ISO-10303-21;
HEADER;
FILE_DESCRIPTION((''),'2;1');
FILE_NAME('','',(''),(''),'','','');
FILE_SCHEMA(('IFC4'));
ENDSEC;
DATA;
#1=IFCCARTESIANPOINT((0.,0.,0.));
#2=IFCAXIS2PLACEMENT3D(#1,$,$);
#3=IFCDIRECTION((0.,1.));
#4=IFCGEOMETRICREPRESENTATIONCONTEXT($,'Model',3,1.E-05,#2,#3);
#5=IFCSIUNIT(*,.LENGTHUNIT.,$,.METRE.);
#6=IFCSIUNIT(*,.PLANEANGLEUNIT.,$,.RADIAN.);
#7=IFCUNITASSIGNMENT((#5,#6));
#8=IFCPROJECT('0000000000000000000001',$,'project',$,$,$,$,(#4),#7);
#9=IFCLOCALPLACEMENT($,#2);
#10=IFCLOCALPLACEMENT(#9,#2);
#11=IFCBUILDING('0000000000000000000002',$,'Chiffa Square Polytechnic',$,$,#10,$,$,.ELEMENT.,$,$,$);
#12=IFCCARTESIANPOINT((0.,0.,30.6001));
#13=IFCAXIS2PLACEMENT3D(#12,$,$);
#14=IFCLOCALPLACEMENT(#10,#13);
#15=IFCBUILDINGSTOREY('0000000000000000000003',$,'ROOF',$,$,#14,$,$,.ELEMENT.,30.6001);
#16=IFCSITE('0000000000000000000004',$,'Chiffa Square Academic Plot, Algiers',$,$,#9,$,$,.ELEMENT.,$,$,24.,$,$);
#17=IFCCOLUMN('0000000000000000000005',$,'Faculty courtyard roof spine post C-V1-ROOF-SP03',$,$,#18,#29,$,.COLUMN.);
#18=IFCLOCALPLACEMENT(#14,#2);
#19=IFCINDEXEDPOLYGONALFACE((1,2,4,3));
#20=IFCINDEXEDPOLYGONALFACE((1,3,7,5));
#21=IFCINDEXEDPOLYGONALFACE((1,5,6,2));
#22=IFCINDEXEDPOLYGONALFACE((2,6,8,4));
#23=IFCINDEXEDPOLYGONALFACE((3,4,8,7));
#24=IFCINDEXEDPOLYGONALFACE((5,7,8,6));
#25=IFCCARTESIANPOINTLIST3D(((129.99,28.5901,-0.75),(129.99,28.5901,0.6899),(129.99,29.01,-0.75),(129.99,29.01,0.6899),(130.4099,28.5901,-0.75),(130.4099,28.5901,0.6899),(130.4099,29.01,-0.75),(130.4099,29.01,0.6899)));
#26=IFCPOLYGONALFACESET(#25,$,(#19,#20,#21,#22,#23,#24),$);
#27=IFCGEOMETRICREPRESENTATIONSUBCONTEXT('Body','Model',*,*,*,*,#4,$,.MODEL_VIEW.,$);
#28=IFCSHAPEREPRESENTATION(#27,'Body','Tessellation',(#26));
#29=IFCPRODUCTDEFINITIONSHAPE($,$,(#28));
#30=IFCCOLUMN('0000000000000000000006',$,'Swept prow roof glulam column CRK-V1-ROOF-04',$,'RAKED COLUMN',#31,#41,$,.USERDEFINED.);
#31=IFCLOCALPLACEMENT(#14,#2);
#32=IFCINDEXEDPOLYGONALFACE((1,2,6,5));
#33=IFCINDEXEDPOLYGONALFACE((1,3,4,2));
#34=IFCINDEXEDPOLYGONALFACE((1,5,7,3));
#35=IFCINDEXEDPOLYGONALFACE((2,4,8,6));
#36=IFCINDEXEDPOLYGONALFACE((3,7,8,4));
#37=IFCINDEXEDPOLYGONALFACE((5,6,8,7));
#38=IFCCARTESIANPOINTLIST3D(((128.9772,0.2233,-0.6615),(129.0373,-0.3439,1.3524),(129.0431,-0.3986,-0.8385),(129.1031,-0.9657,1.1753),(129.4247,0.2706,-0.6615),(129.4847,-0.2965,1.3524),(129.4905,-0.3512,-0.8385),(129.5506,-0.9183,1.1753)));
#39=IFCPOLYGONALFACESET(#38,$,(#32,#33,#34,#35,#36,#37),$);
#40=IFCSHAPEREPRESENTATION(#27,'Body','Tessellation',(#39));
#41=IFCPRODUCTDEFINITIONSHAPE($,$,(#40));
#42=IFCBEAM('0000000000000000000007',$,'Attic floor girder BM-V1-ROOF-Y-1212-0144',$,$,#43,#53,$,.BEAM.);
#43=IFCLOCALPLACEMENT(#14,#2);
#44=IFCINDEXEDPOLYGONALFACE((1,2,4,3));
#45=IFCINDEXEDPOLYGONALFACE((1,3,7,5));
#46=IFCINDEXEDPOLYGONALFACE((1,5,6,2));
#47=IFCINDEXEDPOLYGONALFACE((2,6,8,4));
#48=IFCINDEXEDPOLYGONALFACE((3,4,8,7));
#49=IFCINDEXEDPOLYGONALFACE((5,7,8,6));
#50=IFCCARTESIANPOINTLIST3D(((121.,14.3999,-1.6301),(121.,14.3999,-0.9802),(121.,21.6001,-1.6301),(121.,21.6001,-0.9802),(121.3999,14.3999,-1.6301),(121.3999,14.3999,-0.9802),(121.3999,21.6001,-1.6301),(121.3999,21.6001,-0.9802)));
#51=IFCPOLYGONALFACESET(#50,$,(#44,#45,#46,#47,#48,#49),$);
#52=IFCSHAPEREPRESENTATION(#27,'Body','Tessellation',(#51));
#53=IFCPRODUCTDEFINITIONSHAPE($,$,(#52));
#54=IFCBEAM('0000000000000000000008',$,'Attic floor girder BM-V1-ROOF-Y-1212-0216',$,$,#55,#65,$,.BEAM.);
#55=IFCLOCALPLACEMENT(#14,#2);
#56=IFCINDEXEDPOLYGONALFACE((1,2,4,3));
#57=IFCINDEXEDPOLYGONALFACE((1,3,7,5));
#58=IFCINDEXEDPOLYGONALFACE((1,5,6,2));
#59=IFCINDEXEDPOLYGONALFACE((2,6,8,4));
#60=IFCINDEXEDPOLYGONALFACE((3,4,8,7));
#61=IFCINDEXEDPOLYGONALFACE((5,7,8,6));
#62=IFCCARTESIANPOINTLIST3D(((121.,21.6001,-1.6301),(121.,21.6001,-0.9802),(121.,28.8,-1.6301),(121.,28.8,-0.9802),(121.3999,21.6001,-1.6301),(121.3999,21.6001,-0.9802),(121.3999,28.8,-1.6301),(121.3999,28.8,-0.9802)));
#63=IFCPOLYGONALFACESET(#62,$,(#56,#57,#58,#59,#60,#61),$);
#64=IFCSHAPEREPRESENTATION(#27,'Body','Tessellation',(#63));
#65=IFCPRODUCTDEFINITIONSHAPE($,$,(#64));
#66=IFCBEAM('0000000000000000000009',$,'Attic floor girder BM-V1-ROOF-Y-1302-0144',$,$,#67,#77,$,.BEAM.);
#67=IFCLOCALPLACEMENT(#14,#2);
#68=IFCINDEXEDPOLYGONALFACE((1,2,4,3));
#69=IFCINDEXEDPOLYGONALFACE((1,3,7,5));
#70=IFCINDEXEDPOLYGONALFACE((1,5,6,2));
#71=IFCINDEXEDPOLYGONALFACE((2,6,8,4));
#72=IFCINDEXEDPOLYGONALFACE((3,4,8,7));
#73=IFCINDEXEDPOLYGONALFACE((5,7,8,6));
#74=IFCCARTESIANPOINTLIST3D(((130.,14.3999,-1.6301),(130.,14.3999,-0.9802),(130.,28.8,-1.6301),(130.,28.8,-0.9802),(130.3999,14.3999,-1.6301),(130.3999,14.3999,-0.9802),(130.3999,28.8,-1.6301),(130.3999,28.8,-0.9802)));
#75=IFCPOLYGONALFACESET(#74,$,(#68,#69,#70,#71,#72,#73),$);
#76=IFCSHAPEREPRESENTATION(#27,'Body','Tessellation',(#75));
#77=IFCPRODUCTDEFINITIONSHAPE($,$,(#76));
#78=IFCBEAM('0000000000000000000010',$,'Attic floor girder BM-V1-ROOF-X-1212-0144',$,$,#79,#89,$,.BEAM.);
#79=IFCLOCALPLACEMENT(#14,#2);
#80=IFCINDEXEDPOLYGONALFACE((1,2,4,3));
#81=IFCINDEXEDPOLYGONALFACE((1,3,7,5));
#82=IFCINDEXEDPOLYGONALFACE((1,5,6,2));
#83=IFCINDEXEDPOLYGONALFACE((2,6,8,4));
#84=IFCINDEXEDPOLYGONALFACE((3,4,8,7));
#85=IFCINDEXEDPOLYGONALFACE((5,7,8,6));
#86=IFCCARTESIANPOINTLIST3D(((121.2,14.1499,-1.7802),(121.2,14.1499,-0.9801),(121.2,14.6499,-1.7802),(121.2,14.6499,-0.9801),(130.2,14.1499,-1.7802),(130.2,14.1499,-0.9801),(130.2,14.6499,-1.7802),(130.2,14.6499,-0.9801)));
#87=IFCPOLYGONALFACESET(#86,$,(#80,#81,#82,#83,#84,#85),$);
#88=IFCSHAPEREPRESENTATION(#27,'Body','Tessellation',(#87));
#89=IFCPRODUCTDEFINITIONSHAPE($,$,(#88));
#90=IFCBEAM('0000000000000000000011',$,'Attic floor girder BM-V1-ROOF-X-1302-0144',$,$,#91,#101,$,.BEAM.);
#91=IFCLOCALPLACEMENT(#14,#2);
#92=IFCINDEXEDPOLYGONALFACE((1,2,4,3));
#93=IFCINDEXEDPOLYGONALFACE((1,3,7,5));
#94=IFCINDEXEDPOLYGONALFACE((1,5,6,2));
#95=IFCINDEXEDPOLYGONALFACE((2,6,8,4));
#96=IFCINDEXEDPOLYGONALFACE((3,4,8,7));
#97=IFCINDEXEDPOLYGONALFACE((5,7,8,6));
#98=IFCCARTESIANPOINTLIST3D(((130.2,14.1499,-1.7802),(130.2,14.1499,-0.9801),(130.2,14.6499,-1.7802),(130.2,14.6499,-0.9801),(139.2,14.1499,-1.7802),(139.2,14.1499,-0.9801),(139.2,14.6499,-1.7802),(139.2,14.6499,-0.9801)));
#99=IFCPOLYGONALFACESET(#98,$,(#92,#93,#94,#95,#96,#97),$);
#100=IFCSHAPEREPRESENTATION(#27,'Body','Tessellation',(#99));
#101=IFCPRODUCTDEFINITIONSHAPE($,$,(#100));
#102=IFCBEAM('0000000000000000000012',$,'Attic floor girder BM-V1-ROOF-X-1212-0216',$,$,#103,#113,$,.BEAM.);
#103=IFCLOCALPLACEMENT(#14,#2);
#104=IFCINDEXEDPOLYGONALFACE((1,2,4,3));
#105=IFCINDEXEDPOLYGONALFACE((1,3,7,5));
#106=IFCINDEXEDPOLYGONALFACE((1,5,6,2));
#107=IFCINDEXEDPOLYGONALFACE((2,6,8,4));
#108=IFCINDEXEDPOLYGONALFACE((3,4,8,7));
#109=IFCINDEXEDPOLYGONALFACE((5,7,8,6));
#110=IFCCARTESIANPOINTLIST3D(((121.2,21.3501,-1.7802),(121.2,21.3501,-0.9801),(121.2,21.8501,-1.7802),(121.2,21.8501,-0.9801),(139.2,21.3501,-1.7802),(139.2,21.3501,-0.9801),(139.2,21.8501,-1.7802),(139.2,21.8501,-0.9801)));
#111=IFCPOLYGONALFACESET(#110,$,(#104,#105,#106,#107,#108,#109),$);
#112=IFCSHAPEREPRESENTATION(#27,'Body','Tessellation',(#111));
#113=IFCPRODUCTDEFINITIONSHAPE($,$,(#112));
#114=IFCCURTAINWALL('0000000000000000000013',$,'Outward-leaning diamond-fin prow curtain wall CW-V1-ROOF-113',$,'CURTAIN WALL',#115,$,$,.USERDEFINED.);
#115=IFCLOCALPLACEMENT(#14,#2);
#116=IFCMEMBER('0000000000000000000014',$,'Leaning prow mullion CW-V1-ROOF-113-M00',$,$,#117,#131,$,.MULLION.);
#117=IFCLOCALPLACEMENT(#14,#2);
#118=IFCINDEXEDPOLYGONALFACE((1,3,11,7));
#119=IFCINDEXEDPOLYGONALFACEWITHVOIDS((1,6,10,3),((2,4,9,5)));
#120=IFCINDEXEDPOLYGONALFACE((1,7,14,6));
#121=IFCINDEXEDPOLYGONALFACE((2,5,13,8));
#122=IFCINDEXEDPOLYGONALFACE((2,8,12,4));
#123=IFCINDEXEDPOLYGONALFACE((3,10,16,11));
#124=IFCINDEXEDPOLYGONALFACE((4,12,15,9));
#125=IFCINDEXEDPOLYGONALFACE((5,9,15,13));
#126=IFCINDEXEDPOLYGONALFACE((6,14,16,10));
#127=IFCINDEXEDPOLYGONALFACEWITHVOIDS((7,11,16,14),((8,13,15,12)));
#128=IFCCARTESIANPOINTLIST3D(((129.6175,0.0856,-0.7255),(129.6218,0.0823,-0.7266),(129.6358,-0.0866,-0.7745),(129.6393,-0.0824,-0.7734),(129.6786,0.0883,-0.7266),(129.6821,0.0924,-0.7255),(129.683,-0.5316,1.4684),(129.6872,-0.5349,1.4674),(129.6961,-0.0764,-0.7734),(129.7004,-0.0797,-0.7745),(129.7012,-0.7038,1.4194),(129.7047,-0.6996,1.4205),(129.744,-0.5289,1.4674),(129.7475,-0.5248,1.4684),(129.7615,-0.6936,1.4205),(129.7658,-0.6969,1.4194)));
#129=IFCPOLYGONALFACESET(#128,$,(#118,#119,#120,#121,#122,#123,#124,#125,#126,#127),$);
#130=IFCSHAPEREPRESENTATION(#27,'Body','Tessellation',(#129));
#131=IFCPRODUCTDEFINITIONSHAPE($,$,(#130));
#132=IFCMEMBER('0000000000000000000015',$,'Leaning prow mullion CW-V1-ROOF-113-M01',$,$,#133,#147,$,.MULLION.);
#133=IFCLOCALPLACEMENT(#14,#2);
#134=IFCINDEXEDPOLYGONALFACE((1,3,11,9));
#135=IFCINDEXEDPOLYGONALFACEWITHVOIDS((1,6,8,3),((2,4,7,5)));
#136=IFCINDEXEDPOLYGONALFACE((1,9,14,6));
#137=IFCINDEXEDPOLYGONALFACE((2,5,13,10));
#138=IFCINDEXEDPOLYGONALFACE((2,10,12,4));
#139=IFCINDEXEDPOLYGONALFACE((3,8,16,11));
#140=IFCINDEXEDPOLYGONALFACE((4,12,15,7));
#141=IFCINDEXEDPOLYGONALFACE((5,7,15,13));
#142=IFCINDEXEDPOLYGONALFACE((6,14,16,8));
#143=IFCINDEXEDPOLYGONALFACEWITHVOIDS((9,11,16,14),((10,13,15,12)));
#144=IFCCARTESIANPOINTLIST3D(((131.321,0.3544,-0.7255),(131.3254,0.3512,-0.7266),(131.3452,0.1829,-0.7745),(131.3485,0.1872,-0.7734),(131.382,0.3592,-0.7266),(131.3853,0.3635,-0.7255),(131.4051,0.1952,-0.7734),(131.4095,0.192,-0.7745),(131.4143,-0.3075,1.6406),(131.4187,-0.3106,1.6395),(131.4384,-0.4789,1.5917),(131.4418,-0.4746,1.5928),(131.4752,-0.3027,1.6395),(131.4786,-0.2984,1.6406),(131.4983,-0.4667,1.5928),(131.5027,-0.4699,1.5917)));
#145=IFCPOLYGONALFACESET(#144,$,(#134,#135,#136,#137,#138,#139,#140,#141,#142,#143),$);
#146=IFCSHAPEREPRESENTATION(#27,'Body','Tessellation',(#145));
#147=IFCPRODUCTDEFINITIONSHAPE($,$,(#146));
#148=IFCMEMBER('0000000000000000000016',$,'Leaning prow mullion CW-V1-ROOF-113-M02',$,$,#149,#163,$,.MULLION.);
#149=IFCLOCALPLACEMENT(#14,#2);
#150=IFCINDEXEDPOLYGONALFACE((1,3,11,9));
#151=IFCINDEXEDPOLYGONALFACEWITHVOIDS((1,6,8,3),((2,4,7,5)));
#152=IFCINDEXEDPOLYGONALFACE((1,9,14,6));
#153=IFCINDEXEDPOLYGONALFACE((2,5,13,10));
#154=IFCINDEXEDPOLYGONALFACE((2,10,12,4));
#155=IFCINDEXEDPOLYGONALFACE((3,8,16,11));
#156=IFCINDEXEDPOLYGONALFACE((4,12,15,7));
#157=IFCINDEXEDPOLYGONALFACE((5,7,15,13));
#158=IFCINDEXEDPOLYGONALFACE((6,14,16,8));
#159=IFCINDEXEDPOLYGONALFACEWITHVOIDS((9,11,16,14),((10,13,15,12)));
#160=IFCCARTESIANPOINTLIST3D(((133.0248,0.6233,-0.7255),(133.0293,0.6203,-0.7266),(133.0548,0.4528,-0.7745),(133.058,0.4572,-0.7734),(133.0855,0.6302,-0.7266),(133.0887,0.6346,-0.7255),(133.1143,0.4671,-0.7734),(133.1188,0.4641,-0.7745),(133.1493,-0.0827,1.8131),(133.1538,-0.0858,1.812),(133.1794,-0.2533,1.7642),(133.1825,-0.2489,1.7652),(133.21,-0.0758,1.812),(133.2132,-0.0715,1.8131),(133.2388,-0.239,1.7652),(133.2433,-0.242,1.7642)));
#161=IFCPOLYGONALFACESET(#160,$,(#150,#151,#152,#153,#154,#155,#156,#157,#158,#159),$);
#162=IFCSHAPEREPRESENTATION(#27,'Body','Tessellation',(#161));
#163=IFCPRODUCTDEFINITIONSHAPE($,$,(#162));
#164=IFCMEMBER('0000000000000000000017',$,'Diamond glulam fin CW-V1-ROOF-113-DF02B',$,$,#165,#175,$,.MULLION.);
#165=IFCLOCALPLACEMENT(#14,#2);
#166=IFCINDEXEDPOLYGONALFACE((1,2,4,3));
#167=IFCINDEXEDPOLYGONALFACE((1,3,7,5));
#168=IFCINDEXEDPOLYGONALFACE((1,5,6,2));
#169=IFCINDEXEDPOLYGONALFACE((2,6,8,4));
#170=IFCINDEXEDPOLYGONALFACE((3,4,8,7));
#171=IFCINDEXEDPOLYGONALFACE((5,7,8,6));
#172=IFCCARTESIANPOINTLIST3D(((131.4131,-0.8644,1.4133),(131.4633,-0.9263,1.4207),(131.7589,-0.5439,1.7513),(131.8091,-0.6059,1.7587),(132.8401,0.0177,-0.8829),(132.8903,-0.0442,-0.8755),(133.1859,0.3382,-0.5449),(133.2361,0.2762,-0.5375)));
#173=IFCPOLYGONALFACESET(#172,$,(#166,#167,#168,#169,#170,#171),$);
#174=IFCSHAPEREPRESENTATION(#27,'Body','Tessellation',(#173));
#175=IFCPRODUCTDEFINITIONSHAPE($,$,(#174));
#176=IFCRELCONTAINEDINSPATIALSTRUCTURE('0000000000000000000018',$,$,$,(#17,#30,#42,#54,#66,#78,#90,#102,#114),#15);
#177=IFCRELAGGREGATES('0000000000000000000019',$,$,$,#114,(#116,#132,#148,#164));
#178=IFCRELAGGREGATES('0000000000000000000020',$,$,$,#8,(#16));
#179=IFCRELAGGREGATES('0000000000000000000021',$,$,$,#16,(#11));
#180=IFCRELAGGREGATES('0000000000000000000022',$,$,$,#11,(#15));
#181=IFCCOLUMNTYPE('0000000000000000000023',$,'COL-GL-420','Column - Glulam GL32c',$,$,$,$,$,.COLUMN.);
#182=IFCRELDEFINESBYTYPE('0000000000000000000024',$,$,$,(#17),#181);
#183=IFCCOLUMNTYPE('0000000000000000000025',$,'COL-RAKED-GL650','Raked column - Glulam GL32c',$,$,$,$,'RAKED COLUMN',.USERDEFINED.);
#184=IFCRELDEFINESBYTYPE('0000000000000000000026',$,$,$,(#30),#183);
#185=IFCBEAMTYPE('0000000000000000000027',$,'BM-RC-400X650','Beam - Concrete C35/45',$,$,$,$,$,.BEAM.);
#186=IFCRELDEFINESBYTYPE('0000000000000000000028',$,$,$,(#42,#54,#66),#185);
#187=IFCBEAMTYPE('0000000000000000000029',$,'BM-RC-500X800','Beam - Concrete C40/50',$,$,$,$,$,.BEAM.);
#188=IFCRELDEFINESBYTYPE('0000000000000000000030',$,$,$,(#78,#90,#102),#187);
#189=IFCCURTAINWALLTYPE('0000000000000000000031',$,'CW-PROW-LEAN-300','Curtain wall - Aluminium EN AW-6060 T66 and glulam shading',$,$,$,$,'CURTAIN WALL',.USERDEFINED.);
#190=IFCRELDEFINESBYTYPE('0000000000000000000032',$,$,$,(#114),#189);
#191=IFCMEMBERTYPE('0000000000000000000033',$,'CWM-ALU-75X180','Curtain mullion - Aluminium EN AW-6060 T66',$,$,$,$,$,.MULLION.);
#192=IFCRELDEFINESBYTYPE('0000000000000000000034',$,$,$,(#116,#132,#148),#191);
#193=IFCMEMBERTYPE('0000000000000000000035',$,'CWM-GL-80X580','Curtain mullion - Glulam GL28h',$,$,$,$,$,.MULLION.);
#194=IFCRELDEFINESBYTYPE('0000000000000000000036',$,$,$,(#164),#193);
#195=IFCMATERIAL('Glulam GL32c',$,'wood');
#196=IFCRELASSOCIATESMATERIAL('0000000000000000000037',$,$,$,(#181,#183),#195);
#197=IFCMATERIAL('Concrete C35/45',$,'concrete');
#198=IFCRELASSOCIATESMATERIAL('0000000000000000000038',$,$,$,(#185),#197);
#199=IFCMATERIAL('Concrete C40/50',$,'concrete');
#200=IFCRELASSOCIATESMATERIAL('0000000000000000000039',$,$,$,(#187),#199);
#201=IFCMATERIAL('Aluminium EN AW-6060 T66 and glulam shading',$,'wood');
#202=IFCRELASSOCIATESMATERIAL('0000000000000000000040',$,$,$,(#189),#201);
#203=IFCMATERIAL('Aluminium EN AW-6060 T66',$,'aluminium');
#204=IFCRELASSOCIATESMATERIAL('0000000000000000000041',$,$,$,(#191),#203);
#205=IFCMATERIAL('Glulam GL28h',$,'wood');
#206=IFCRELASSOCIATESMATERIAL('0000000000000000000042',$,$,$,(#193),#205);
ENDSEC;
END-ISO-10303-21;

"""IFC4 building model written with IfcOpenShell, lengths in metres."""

from ifc_helpers import new_model, si_unit, direction, frame, origin, origin_2d, place, context, subcontext, project, spatial, rectangle, hollow_rectangle, extrude, material, material_profile, profile_set, type_object, element, aggregate, save


model = new_model("IFC4")

# Units and contexts
model_context = context("Model", 3, precision=1e-05, world=origin(), true_north=direction((0.0, 1.0)))
body_context = subcontext(model_context, "Body", "Model", "MODEL_VIEW")
ifc_project = project(units=[si_unit("LENGTHUNIT", "METRE"), si_unit("PLANEANGLEUNIT", "RADIAN")], contexts=[model_context])

# Site, building, storey
site_placement = place(None, origin())
site = spatial("IfcSite", under=ifc_project, at=site_placement, Name="Chiffa Square Academic Plot, Algiers", CompositionType="ELEMENT", RefElevation=24.0)
building_placement = place(site_placement, origin())
building = spatial("IfcBuilding", under=site, at=building_placement, Name="Chiffa Square Polytechnic", CompositionType="ELEMENT")
storey_placement = place(building_placement, frame((0.0, 0.0, 30.6001)))
storey = spatial("IfcBuildingStorey", under=building, at=storey_placement, Name="ROOF", CompositionType="ELEMENT", Elevation=30.6001)

# Columns
ifc_material_1 = material(Name="Glulam GL32c", Category="wood")
ifc_material_profile_1 = material_profile(ifc_material_1, rectangle(XDim=0.4199, YDim=0.4199, at=origin_2d()), Name="GL32c 420x420")
ifc_profile_set_1 = profile_set([ifc_material_profile_1], Name="Glulam GL32c")
column_type_1 = type_object("IfcColumnType", Name="COL-GL-420", Description="Column - Glulam GL32c", PredefinedType="COLUMN", material=ifc_profile_set_1)
column_1_placement = place(storey_placement, frame((130.2, 28.8, -0.75), z_axis=(0.0, 0.0, 1.0), x_axis=(1.0, 0.0, 0.0)))
element("IfcColumn", 1, at=column_1_placement, inside=storey, type_object=column_type_1, Name="Faculty courtyard roof spine post C-V1-ROOF-SP03", PredefinedType="COLUMN", context=body_context, shape_type="SweptSolid", body=[
    extrude(rectangle(XDim=0.4199, YDim=0.4199, at=origin_2d()), origin(), (0.0, 0.0, 1.0), 1.4399),
])
ifc_material_profile_2 = material_profile(ifc_material_1, rectangle(XDim=0.45, YDim=0.6499, at=origin_2d()), Name="GL32c 450x650")
ifc_profile_set_2 = profile_set([ifc_material_profile_2], Name="Glulam GL32c")
column_type_2 = type_object("IfcColumnType", Name="COL-RAKED-GL650", Description="Raked column - Glulam GL32c", ElementType="RAKED COLUMN", PredefinedType="USERDEFINED", material=ifc_profile_set_2)
column_2_placement = place(storey_placement, frame((129.2339, -0.064, -0.75), z_axis=(0.028693, -0.270955, 0.962164), x_axis=(0.99444, 0.105309, 0.0)))
element("IfcColumn", 2, at=column_2_placement, inside=storey, type_object=column_type_2, Name="Swept prow roof glulam column CRK-V1-ROOF-04", ObjectType="RAKED COLUMN", PredefinedType="USERDEFINED", context=body_context, shape_type="SweptSolid", body=[
    extrude(rectangle(XDim=0.45, YDim=0.6499, at=origin_2d()), origin(), (0.0, 0.0, 1.0), 2.093),
])

# Beams
ifc_material_2 = material(Name="Concrete C35/45", Category="concrete")
ifc_material_profile_3 = material_profile(ifc_material_2, rectangle(XDim=0.3999, YDim=0.6499, at=origin_2d()), Name="RC 400x650")
ifc_profile_set_3 = profile_set([ifc_material_profile_3], Name="Concrete C35/45")
beam_type_1 = type_object("IfcBeamType", Name="BM-RC-400X650", Description="Beam - Concrete C35/45", PredefinedType="BEAM", material=ifc_profile_set_3)
beam_1_placement = place(storey_placement, frame((121.2, 14.3999, -1.3052), z_axis=(0.0, 1.0, 0.0), x_axis=(-1.0, 0.0, 0.0)))
element("IfcBeam", 3, at=beam_1_placement, inside=storey, type_object=beam_type_1, Name="Attic floor girder BM-V1-ROOF-Y-1212-0144", PredefinedType="BEAM", context=body_context, shape_type="SweptSolid", body=[
    extrude(rectangle(XDim=0.3999, YDim=0.6499, at=origin_2d()), origin(), (0.0, 0.0, 1.0), 7.2002),
])
beam_2_placement = place(storey_placement, frame((121.2, 21.6001, -1.3052), z_axis=(0.0, 1.0, 0.0), x_axis=(-1.0, 0.0, 0.0)))
element("IfcBeam", 4, at=beam_2_placement, inside=storey, type_object=beam_type_1, Name="Attic floor girder BM-V1-ROOF-Y-1212-0216", PredefinedType="BEAM", context=body_context, shape_type="SweptSolid", body=[
    extrude(rectangle(XDim=0.3999, YDim=0.6499, at=origin_2d()), origin(), (0.0, 0.0, 1.0), 7.2),
])
beam_3_placement = place(storey_placement, frame((130.2, 14.3999, -1.3052), z_axis=(0.0, 1.0, 0.0), x_axis=(-1.0, 0.0, 0.0)))
element("IfcBeam", 5, at=beam_3_placement, inside=storey, type_object=beam_type_1, Name="Attic floor girder BM-V1-ROOF-Y-1302-0144", PredefinedType="BEAM", context=body_context, shape_type="SweptSolid", body=[
    extrude(rectangle(XDim=0.3999, YDim=0.6499, at=origin_2d()), origin(), (0.0, 0.0, 1.0), 14.4001),
])
ifc_material_3 = material(Name="Concrete C40/50", Category="concrete")
ifc_material_profile_4 = material_profile(ifc_material_3, rectangle(XDim=0.5, YDim=0.8, at=origin_2d()), Name="RC 500x800")
ifc_profile_set_4 = profile_set([ifc_material_profile_4], Name="Concrete C40/50")
beam_type_2 = type_object("IfcBeamType", Name="BM-RC-500X800", Description="Beam - Concrete C40/50", PredefinedType="BEAM", material=ifc_profile_set_4)
for number, where, z_axis, x_axis, name in (
    (6, (121.2, 14.3999, -1.3801), (1.0, 0.0, 0.0), (0.0, 1.0, 0.0), "Attic floor girder BM-V1-ROOF-X-1212-0144"),
    (7, (130.2, 14.3999, -1.3801), (1.0, 0.0, 0.0), (0.0, 1.0, 0.0), "Attic floor girder BM-V1-ROOF-X-1302-0144"),
):
    element("IfcBeam", number, at=place(storey_placement, frame(where, z_axis=z_axis, x_axis=x_axis)), inside=storey, type_object=beam_type_2, Name=name, PredefinedType="BEAM", context=body_context, shape_type="SweptSolid", body=[
        extrude(rectangle(XDim=0.5, YDim=0.8, at=origin_2d()), origin(), (0.0, 0.0, 1.0), 9.0),
    ])
beam_4_placement = place(storey_placement, frame((121.2, 21.6001, -1.3801), z_axis=(1.0, 0.0, 0.0), x_axis=(0.0, 1.0, 0.0)))
element("IfcBeam", 8, at=beam_4_placement, inside=storey, type_object=beam_type_2, Name="Attic floor girder BM-V1-ROOF-X-1212-0216", PredefinedType="BEAM", context=body_context, shape_type="SweptSolid", body=[
    extrude(rectangle(XDim=0.5, YDim=0.8, at=origin_2d()), origin(), (0.0, 0.0, 1.0), 18.0),
])

# Curtain wall, members
ifc_material_4 = material(Name="Aluminium EN AW-6060 T66 and glulam shading", Category="wood")
curtain_wall_type = type_object("IfcCurtainWallType", Name="CW-PROW-LEAN-300", Description="Curtain wall - Aluminium EN AW-6060 T66 and glulam shading", ElementType="CURTAIN WALL", PredefinedType="USERDEFINED", material=ifc_material_4)
curtain_wall_placement = place(storey_placement, origin())
curtain_wall = element("IfcCurtainWall", 9, at=curtain_wall_placement, inside=storey, type_object=curtain_wall_type, Name="Outward-leaning diamond-fin prow curtain wall CW-V1-ROOF-113", ObjectType="CURTAIN WALL", PredefinedType="USERDEFINED")
ifc_material_5 = material(Name="Aluminium EN AW-6060 T66", Category="aluminium")
ifc_material_profile_5 = material_profile(ifc_material_5, hollow_rectangle(XDim=0.0649, YDim=0.1799, WallThickness=0.0039, at=origin_2d()), Name="ALU 65x180x4")
ifc_profile_set_5 = profile_set([ifc_material_profile_5], Name="Aluminium EN AW-6060 T66")
member_type_1 = type_object("IfcMemberType", Name="CWM-ALU-75X180", Description="Curtain mullion - Aluminium EN AW-6060 T66", PredefinedType="MULLION", material=ifc_profile_set_5)
member_1_placement = place(storey_placement, frame((129.6589, 0.0029, -0.75), z_axis=(0.028698, -0.270702, 0.962235), x_axis=(0.994428, 0.105422, 0.0)))
member_1 = element("IfcMember", 10, at=member_1_placement, type_object=member_type_1, Name="Leaning prow mullion CW-V1-ROOF-113-M00", PredefinedType="MULLION", context=body_context, shape_type="SweptSolid", body=[
    extrude(hollow_rectangle(XDim=0.0649, YDim=0.1799, WallThickness=0.0039, at=origin_2d()), origin(), (0.0, 0.0, 1.0), 2.28),
])
member_2_placement = place(storey_placement, frame((131.3652, 0.2732, -0.75), z_axis=(0.03793, -0.269182, 0.962342), x_axis=(0.990218, 0.139529, 0.0)))
member_2 = element("IfcMember", 11, at=member_2_placement, type_object=member_type_1, Name="Leaning prow mullion CW-V1-ROOF-113-M01", PredefinedType="MULLION", context=body_context, shape_type="SweptSolid", body=[
    extrude(hollow_rectangle(XDim=0.0649, YDim=0.1799, WallThickness=0.0039, at=origin_2d()), origin(), (0.0, 0.0, 1.0), 2.4587),
])
member_3_placement = place(storey_placement, frame((133.0718, 0.5437, -0.75), z_axis=(0.047202, -0.267661, 0.962356), x_axis=(0.984804, 0.173669, 0.0)))
member_3 = element("IfcMember", 12, at=member_3_placement, type_object=member_type_1, Name="Leaning prow mullion CW-V1-ROOF-113-M02", PredefinedType="MULLION", context=body_context, shape_type="SweptSolid", body=[
    extrude(hollow_rectangle(XDim=0.0649, YDim=0.1799, WallThickness=0.0039, at=origin_2d()), origin(), (0.0, 0.0, 1.0), 2.6379),
])
ifc_material_6 = material(Name="Glulam GL28h", Category="wood")
ifc_material_profile_6 = material_profile(ifc_material_6, rectangle(XDim=0.0801, YDim=0.5801, at=origin_2d()), Name="GL28h 80x580")
ifc_profile_set_6 = profile_set([ifc_material_profile_6], Name="Glulam GL28h")
member_type_2 = type_object("IfcMemberType", Name="CWM-GL-80X580", Description="Curtain mullion - Glulam GL28h", PredefinedType="MULLION", material=ifc_profile_set_6)
member_4_placement = place(storey_placement, frame((133.0381, 0.147, -0.7102), z_axis=(-0.50181, -0.310187, 0.807447), x_axis=(0.626763, -0.773726, 0.092287)))
member_4 = element("IfcMember", 13, at=member_4_placement, type_object=member_type_2, Name="Diamond glulam fin CW-V1-ROOF-113-DF02B", PredefinedType="MULLION", context=body_context, shape_type="SweptSolid", body=[
    extrude(rectangle(XDim=0.0801, YDim=0.5801, at=origin_2d()), origin(), (0.0, 0.0, 1.0), 2.8438),
])

aggregate(curtain_wall, [member_1, member_2, member_3, member_4])

save(model, "model.ifc")
